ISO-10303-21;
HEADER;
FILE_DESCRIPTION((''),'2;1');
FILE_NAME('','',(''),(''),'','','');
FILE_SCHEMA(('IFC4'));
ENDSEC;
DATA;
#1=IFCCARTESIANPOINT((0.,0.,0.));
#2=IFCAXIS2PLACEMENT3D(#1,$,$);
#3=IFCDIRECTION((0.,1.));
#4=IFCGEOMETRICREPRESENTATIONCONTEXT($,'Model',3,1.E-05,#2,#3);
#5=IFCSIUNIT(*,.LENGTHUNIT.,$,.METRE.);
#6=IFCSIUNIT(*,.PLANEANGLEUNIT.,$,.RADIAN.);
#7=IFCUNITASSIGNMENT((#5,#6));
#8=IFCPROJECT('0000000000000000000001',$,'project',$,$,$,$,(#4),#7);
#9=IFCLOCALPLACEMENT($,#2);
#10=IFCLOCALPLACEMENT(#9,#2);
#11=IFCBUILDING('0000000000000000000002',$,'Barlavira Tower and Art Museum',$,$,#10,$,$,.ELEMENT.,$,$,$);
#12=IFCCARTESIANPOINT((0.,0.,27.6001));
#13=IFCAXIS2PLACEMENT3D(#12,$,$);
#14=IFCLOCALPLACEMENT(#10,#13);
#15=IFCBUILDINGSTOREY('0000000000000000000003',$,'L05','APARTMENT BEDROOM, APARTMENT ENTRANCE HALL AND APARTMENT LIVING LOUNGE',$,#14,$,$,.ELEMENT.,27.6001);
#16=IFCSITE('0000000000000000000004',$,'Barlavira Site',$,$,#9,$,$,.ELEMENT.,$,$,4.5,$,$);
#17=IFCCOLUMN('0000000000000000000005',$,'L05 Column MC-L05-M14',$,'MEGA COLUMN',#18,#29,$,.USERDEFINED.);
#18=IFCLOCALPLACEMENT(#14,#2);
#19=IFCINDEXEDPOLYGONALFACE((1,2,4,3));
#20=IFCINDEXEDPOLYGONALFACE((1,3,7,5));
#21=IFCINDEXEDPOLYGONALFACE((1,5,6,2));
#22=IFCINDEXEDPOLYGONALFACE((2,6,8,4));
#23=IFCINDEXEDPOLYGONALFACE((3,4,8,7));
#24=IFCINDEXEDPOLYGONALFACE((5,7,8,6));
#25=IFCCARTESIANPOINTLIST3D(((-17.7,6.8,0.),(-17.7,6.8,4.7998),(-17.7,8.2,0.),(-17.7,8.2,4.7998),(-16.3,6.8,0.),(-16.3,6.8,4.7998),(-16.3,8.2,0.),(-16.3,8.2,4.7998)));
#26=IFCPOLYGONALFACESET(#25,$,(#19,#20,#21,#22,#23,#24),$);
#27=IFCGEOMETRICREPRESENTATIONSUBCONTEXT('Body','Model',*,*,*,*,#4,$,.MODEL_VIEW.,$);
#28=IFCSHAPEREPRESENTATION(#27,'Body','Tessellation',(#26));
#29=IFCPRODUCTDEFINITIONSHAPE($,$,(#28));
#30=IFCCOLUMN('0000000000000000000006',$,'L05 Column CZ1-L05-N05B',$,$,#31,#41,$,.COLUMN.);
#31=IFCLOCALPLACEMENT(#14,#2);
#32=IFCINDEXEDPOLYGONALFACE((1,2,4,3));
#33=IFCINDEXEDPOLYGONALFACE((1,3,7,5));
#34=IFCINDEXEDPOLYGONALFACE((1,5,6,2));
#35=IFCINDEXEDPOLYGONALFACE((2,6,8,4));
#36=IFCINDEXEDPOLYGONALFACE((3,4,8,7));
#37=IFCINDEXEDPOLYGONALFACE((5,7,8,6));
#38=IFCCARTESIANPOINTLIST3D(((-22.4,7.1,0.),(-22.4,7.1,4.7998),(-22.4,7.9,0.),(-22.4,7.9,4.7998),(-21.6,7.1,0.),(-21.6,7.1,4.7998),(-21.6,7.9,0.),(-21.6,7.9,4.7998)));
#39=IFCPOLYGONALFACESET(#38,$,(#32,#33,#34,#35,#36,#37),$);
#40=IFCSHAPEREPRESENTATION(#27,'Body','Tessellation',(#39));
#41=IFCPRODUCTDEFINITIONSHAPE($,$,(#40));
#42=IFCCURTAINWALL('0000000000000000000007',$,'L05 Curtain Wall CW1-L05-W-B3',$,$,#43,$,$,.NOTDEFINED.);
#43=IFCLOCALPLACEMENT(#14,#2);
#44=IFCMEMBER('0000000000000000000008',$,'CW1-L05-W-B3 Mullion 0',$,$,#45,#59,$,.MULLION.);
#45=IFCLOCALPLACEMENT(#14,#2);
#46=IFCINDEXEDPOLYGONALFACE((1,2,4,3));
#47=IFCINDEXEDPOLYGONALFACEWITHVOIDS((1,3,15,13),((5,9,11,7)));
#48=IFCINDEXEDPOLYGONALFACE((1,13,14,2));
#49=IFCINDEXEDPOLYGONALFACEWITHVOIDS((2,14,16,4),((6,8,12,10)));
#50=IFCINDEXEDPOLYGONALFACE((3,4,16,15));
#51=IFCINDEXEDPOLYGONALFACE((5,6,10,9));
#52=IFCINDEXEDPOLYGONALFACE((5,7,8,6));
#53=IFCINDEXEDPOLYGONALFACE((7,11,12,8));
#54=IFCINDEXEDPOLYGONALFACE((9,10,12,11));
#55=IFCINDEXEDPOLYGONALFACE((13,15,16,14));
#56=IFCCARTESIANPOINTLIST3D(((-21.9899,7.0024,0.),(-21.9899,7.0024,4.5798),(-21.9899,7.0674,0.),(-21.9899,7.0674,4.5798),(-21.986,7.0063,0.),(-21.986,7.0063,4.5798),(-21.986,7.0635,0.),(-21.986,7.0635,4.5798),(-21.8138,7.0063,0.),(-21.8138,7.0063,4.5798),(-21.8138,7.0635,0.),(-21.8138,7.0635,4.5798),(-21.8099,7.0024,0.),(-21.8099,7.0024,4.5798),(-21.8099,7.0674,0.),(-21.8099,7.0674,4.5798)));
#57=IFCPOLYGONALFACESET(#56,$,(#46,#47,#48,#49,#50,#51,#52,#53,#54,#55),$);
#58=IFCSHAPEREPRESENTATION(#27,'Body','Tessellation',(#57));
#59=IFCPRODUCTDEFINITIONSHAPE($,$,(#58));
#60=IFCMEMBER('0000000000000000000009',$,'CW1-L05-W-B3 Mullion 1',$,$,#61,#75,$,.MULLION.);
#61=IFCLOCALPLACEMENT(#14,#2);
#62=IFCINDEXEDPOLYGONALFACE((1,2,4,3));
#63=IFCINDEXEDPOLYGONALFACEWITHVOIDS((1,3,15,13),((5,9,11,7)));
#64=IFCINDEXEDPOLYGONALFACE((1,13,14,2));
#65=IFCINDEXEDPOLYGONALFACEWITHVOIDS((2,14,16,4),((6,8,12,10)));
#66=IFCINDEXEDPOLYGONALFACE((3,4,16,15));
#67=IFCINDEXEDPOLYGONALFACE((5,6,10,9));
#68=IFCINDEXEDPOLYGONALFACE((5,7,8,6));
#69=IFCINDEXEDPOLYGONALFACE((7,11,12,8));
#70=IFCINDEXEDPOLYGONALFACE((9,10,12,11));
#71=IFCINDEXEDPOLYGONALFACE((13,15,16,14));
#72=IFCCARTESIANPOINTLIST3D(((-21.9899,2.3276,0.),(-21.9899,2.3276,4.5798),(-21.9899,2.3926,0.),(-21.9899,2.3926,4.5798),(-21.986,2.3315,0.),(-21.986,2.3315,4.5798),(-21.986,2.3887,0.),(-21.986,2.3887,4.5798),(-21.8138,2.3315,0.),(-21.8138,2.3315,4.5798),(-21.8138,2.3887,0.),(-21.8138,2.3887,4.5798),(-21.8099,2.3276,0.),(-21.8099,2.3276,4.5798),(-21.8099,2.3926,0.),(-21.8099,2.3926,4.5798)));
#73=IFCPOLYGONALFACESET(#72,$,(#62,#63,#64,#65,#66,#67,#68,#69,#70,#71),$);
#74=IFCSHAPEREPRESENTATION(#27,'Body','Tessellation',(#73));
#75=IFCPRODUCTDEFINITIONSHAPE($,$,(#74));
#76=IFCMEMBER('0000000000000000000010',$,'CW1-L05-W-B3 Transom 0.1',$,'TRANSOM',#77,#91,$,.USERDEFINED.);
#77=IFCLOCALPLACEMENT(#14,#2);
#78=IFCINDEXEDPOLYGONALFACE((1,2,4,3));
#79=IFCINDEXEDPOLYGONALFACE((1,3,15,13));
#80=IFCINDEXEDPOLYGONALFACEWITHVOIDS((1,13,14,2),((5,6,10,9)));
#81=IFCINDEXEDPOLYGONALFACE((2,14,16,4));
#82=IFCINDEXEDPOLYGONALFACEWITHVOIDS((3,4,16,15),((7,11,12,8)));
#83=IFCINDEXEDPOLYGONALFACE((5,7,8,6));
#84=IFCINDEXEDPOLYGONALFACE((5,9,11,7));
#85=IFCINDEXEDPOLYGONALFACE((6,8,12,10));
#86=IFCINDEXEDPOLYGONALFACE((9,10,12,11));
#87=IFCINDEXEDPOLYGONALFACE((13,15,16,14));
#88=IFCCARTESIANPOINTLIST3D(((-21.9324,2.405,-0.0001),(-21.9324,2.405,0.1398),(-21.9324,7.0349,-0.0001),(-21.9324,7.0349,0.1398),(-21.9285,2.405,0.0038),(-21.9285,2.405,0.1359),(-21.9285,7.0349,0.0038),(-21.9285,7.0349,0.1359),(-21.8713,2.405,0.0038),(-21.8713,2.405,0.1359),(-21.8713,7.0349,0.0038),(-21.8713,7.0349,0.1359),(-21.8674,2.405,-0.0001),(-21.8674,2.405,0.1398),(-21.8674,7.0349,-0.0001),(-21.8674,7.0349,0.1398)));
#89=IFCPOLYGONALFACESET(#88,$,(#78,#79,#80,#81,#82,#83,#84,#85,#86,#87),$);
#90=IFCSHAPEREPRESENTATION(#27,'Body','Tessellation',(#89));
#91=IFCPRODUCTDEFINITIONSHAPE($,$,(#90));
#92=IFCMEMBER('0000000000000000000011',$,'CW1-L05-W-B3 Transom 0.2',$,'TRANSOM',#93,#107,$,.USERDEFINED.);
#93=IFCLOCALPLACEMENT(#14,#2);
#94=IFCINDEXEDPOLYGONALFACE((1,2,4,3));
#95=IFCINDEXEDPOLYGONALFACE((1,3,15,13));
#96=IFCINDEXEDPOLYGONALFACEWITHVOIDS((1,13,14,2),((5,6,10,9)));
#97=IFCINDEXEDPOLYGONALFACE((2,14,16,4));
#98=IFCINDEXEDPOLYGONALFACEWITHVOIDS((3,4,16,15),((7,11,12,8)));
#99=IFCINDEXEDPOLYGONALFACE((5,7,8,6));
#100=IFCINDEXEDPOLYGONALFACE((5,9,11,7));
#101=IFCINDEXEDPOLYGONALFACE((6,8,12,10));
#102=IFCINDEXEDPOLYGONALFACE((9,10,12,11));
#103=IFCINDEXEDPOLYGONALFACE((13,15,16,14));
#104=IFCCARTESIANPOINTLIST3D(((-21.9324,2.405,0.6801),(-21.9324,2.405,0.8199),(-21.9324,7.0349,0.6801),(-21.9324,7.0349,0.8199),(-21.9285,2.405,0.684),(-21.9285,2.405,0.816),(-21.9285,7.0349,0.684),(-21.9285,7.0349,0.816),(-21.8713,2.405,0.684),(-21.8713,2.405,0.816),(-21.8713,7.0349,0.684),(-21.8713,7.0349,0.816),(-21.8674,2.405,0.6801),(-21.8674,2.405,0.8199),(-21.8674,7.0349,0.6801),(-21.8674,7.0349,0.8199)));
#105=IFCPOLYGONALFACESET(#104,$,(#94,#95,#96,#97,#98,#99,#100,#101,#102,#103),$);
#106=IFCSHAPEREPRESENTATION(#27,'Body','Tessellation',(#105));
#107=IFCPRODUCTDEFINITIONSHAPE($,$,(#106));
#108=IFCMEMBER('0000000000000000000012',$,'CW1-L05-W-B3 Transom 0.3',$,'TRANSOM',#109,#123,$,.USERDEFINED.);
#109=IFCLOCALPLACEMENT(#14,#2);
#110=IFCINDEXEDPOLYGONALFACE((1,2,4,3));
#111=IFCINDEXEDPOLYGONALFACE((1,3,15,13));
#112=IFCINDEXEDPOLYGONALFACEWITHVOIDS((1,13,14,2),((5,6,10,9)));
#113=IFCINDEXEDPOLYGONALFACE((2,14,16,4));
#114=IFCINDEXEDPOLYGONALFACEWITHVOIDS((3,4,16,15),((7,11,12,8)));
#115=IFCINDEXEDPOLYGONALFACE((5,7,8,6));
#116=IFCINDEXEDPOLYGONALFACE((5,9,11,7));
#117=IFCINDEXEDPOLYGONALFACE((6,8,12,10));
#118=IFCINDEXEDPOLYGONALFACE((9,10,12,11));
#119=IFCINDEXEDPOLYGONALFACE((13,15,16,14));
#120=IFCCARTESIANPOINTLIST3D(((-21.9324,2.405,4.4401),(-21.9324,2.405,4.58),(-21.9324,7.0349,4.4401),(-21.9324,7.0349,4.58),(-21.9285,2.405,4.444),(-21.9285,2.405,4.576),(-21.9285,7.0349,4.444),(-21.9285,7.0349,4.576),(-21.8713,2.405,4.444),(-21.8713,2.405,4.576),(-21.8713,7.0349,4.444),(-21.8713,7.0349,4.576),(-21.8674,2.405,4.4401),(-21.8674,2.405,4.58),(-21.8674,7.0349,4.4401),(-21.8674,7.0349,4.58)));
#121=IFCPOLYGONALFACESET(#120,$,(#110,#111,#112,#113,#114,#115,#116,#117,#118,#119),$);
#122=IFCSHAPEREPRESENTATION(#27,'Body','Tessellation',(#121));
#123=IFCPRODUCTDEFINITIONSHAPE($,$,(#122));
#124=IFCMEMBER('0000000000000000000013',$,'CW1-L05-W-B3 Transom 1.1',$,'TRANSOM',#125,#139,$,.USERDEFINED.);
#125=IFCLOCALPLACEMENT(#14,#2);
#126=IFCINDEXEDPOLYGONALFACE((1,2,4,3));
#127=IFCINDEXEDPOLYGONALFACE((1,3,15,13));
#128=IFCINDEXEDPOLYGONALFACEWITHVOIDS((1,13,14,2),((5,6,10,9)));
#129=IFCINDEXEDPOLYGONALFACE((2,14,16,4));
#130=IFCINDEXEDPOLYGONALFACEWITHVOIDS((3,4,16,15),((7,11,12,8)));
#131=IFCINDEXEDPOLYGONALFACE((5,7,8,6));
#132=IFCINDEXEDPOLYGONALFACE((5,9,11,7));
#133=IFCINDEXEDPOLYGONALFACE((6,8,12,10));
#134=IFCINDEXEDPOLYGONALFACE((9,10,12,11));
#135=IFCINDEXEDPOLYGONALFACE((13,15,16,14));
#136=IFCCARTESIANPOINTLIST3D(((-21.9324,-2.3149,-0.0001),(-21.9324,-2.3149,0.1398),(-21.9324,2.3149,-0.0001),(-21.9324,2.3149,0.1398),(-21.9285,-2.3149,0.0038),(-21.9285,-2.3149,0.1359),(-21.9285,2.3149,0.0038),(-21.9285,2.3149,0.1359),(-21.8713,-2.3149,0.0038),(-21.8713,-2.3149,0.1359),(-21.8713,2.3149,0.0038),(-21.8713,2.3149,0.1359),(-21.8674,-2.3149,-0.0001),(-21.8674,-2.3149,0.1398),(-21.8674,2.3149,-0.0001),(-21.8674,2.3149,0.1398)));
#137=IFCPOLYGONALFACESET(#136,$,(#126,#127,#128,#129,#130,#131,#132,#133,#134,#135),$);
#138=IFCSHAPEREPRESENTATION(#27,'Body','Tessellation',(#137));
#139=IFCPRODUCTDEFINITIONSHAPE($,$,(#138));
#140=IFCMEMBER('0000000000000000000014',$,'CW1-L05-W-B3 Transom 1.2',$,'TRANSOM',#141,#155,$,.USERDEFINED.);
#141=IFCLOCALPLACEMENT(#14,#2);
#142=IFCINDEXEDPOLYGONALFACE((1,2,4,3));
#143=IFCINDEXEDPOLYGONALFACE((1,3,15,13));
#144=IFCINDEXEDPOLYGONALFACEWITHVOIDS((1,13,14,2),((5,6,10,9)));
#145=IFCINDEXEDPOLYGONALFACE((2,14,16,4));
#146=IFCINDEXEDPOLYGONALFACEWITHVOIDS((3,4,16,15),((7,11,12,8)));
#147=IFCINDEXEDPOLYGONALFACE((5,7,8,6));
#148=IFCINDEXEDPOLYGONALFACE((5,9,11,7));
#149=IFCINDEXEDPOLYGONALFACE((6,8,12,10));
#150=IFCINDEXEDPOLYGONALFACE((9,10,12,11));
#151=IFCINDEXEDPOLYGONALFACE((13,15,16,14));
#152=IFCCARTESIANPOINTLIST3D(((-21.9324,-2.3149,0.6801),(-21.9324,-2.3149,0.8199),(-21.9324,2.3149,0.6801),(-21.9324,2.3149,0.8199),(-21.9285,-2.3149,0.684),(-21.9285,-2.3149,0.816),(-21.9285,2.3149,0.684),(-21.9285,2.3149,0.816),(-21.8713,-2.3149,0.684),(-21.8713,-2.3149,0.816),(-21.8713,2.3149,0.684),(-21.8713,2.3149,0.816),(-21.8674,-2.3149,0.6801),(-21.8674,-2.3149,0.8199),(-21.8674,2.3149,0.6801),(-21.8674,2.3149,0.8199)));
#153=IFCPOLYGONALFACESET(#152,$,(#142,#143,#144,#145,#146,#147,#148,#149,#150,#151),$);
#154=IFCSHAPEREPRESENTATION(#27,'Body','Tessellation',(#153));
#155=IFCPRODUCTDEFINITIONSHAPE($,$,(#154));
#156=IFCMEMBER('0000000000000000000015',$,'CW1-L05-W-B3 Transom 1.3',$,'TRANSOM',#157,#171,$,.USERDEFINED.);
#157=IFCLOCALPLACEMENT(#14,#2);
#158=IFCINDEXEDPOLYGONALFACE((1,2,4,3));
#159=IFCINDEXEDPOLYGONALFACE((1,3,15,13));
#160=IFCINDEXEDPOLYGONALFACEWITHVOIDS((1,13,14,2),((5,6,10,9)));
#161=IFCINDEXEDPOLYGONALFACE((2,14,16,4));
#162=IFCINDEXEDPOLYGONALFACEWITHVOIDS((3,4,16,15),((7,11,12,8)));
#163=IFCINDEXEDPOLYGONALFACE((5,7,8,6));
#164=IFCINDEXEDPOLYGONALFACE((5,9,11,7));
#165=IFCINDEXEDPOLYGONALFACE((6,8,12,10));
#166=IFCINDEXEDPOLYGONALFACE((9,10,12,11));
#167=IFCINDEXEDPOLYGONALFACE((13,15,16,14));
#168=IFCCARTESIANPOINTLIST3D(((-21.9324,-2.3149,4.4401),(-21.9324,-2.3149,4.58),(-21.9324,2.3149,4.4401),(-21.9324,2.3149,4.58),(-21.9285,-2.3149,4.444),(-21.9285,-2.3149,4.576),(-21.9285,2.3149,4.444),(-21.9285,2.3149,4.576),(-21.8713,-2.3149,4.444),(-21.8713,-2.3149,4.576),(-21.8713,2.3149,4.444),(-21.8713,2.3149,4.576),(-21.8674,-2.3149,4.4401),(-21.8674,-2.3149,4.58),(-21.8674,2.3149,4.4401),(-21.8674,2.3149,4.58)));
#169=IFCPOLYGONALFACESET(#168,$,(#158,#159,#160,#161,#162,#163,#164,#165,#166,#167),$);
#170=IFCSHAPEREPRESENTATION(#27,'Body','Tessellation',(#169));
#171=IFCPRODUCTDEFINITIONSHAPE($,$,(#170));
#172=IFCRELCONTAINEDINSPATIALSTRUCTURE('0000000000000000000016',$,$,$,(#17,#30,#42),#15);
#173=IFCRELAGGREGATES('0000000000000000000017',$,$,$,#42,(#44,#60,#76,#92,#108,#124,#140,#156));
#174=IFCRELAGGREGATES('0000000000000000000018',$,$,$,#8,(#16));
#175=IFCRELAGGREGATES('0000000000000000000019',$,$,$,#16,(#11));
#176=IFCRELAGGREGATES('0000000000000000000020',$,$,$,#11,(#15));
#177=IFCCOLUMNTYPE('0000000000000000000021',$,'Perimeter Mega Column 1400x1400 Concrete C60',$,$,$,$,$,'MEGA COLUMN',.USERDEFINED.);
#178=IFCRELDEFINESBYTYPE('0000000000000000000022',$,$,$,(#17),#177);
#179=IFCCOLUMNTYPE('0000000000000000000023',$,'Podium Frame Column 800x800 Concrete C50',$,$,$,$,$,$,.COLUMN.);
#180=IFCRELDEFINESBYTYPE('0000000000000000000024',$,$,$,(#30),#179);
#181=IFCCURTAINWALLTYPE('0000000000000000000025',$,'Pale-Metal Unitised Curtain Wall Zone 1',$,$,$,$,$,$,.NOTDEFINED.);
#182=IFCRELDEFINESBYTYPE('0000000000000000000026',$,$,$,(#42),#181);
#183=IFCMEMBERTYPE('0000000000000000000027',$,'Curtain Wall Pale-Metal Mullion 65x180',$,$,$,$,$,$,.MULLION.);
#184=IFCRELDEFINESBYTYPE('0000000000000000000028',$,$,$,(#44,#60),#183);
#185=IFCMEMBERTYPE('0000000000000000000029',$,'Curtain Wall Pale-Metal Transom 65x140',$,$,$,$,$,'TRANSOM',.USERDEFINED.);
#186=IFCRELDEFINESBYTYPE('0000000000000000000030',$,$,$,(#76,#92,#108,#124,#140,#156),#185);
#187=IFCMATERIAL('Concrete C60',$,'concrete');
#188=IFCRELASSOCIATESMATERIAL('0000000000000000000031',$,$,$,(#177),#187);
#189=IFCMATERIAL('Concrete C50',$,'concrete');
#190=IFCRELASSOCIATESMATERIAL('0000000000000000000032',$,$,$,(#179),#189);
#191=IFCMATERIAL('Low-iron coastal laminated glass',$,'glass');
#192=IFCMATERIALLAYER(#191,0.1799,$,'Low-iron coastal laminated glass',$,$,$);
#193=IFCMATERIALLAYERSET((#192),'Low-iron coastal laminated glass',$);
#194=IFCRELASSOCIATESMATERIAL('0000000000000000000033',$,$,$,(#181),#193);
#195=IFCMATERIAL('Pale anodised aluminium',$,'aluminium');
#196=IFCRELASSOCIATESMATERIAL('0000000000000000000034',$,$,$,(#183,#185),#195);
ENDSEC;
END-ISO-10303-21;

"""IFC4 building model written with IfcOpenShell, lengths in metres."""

from ifc_helpers import new_model, si_unit, direction, frame, origin, origin_2d, place, context, subcontext, project, spatial, rectangle, hollow_rectangle, extrude, material, layer, layer_set, material_profile, profile_set, type_object, element, aggregate, save


model = new_model("IFC4")

# Units and contexts
model_context = context("Model", 3, precision=1e-05, world=origin(), true_north=direction((0.0, 1.0)))
body_context = subcontext(model_context, "Body", "Model", "MODEL_VIEW")
ifc_project = project(units=[si_unit("LENGTHUNIT", "METRE"), si_unit("PLANEANGLEUNIT", "RADIAN")], contexts=[model_context])

# Site, building, storey
site_placement = place(None, origin())
site = spatial("IfcSite", under=ifc_project, at=site_placement, Name="Barlavira Site", CompositionType="ELEMENT", RefElevation=4.5)
building_placement = place(site_placement, origin())
building = spatial("IfcBuilding", under=site, at=building_placement, Name="Barlavira Tower and Art Museum", CompositionType="ELEMENT")
storey_placement = place(building_placement, frame((0.0, 0.0, 27.6001)))
storey = spatial("IfcBuildingStorey", under=building, at=storey_placement, Name="L05", Description="APARTMENT BEDROOM, APARTMENT ENTRANCE HALL AND APARTMENT LIVING LOUNGE", CompositionType="ELEMENT", Elevation=27.6001)

# Columns
ifc_material_1 = material(Name="Concrete C60", Category="concrete")
ifc_material_profile_1 = material_profile(ifc_material_1, rectangle(XDim=1.3999, YDim=1.3999, at=origin_2d()), Name="RC-MCOL 1400x1400")
ifc_profile_set_1 = profile_set([ifc_material_profile_1], Name="Concrete C60")
column_type_1 = type_object("IfcColumnType", Name="Perimeter Mega Column 1400x1400 Concrete C60", ElementType="MEGA COLUMN", PredefinedType="USERDEFINED", material=ifc_profile_set_1)
column_1_placement = place(storey_placement, frame((-17.0, 7.5, 0.0), z_axis=(0.0, 0.0, 1.0), x_axis=(1.0, 0.0, 0.0)))
element("IfcColumn", 1, at=column_1_placement, inside=storey, type_object=column_type_1, Name="L05 Column MC-L05-M14", ObjectType="MEGA COLUMN", PredefinedType="USERDEFINED", context=body_context, shape_type="SweptSolid", body=[
    extrude(rectangle(XDim=1.3999, YDim=1.3999, at=origin_2d()), origin(), (0.0, 0.0, 1.0), 4.7998),
])
ifc_material_2 = material(Name="Concrete C50", Category="concrete")
ifc_material_profile_2 = material_profile(ifc_material_2, rectangle(XDim=0.8, YDim=0.8, at=origin_2d()), Name="RC-COL 800x800")
ifc_profile_set_2 = profile_set([ifc_material_profile_2], Name="Concrete C50")
column_type_2 = type_object("IfcColumnType", Name="Podium Frame Column 800x800 Concrete C50", PredefinedType="COLUMN", material=ifc_profile_set_2)
column_2_placement = place(storey_placement, frame((-22.0, 7.5, 0.0), z_axis=(0.0, 0.0, 1.0), x_axis=(1.0, 0.0, 0.0)))
element("IfcColumn", 2, at=column_2_placement, inside=storey, type_object=column_type_2, Name="L05 Column CZ1-L05-N05B", PredefinedType="COLUMN", context=body_context, shape_type="SweptSolid", body=[
    extrude(rectangle(XDim=0.8, YDim=0.8, at=origin_2d()), origin(), (0.0, 0.0, 1.0), 4.7998),
])

# Curtain wall, members
ifc_material_3 = material(Name="Low-iron coastal laminated glass", Category="glass")
ifc_layer_1 = layer(ifc_material_3, 0.1799, Name="Low-iron coastal laminated glass")
ifc_layer_set_1 = layer_set([ifc_layer_1], Name="Low-iron coastal laminated glass")
curtain_wall_type = type_object("IfcCurtainWallType", Name="Pale-Metal Unitised Curtain Wall Zone 1", PredefinedType="NOTDEFINED", material=ifc_layer_set_1)
curtain_wall_placement = place(storey_placement, origin())
curtain_wall = element("IfcCurtainWall", 3, at=curtain_wall_placement, inside=storey, type_object=curtain_wall_type, Name="L05 Curtain Wall CW1-L05-W-B3", PredefinedType="NOTDEFINED")
ifc_material_4 = material(Name="Pale anodised aluminium", Category="aluminium")
ifc_material_profile_3 = material_profile(ifc_material_4, hollow_rectangle(XDim=0.0649, YDim=0.1799, WallThickness=0.0039, at=origin_2d()), Name="ALU-MULL 65x180x4")
ifc_profile_set_3 = profile_set([ifc_material_profile_3], Name="Pale anodised aluminium")
member_type_1 = type_object("IfcMemberType", Name="Curtain Wall Pale-Metal Mullion 65x180", PredefinedType="MULLION", material=ifc_profile_set_3)
member_1_placement = place(storey_placement, frame((-21.8999, 7.0349, 0.0), z_axis=(0.0, 0.0, 1.0), x_axis=(0.0, -1.0, 0.0)))
member_1 = element("IfcMember", 4, at=member_1_placement, type_object=member_type_1, Name="CW1-L05-W-B3 Mullion 0", PredefinedType="MULLION", context=body_context, shape_type="SweptSolid", body=[
    extrude(hollow_rectangle(XDim=0.0649, YDim=0.1799, WallThickness=0.0039, at=origin_2d()), origin(), (0.0, 0.0, 1.0), 4.5798),
])
member_2_placement = place(storey_placement, frame((-21.8999, 2.3601, 0.0), z_axis=(0.0, 0.0, 1.0), x_axis=(0.0, -1.0, 0.0)))
member_2 = element("IfcMember", 5, at=member_2_placement, type_object=member_type_1, Name="CW1-L05-W-B3 Mullion 1", PredefinedType="MULLION", context=body_context, shape_type="SweptSolid", body=[
    extrude(hollow_rectangle(XDim=0.0649, YDim=0.1799, WallThickness=0.0039, at=origin_2d()), origin(), (0.0, 0.0, 1.0), 4.5798),
])
ifc_material_profile_4 = material_profile(ifc_material_4, hollow_rectangle(XDim=0.0649, YDim=0.1399, WallThickness=0.0039, at=origin_2d()), Name="ALU-TRAN 65x140x4")
ifc_profile_set_4 = profile_set([ifc_material_profile_4], Name="Pale anodised aluminium")
member_type_2 = type_object("IfcMemberType", Name="Curtain Wall Pale-Metal Transom 65x140", ElementType="TRANSOM", PredefinedType="USERDEFINED", material=ifc_profile_set_4)
member_3_placement = place(storey_placement, frame((-21.8999, 7.0349, 0.0698), z_axis=(0.0, -1.0, 0.0), x_axis=(1.0, 0.0, 0.0)))
member_3 = element("IfcMember", 6, at=member_3_placement, type_object=member_type_2, Name="CW1-L05-W-B3 Transom 0.1", ObjectType="TRANSOM", PredefinedType="USERDEFINED", context=body_context, shape_type="SweptSolid", body=[
    extrude(hollow_rectangle(XDim=0.0649, YDim=0.1399, WallThickness=0.0039, at=origin_2d()), origin(), (0.0, 0.0, 1.0), 4.6299),
])
member_4_placement = place(storey_placement, frame((-21.8999, 7.0349, 0.75), z_axis=(0.0, -1.0, 0.0), x_axis=(1.0, 0.0, 0.0)))
member_4 = element("IfcMember", 7, at=member_4_placement, type_object=member_type_2, Name="CW1-L05-W-B3 Transom 0.2", ObjectType="TRANSOM", PredefinedType="USERDEFINED", context=body_context, shape_type="SweptSolid", body=[
    extrude(hollow_rectangle(XDim=0.0649, YDim=0.1399, WallThickness=0.0039, at=origin_2d()), origin(), (0.0, 0.0, 1.0), 4.6299),
])
member_5_placement = place(storey_placement, frame((-21.8999, 7.0349, 4.51), z_axis=(0.0, -1.0, 0.0), x_axis=(1.0, 0.0, 0.0)))
member_5 = element("IfcMember", 8, at=member_5_placement, type_object=member_type_2, Name="CW1-L05-W-B3 Transom 0.3", ObjectType="TRANSOM", PredefinedType="USERDEFINED", context=body_context, shape_type="SweptSolid", body=[
    extrude(hollow_rectangle(XDim=0.0649, YDim=0.1399, WallThickness=0.0039, at=origin_2d()), origin(), (0.0, 0.0, 1.0), 4.6299),
])
member_6_placement = place(storey_placement, frame((-21.8999, 2.3149, 0.0698), z_axis=(0.0, -1.0, 0.0), x_axis=(1.0, 0.0, 0.0)))
member_6 = element("IfcMember", 9, at=member_6_placement, type_object=member_type_2, Name="CW1-L05-W-B3 Transom 1.1", ObjectType="TRANSOM", PredefinedType="USERDEFINED", context=body_context, shape_type="SweptSolid", body=[
    extrude(hollow_rectangle(XDim=0.0649, YDim=0.1399, WallThickness=0.0039, at=origin_2d()), origin(), (0.0, 0.0, 1.0), 4.6299),
])
member_7_placement = place(storey_placement, frame((-21.8999, 2.3149, 0.75), z_axis=(0.0, -1.0, 0.0), x_axis=(1.0, 0.0, 0.0)))
member_7 = element("IfcMember", 10, at=member_7_placement, type_object=member_type_2, Name="CW1-L05-W-B3 Transom 1.2", ObjectType="TRANSOM", PredefinedType="USERDEFINED", context=body_context, shape_type="SweptSolid", body=[
    extrude(hollow_rectangle(XDim=0.0649, YDim=0.1399, WallThickness=0.0039, at=origin_2d()), origin(), (0.0, 0.0, 1.0), 4.6299),
])
member_8_placement = place(storey_placement, frame((-21.8999, 2.3149, 4.51), z_axis=(0.0, -1.0, 0.0), x_axis=(1.0, 0.0, 0.0)))
member_8 = element("IfcMember", 11, at=member_8_placement, type_object=member_type_2, Name="CW1-L05-W-B3 Transom 1.3", ObjectType="TRANSOM", PredefinedType="USERDEFINED", context=body_context, shape_type="SweptSolid", body=[
    extrude(hollow_rectangle(XDim=0.0649, YDim=0.1399, WallThickness=0.0039, at=origin_2d()), origin(), (0.0, 0.0, 1.0), 4.6299),
])

aggregate(curtain_wall, [member_1, member_2, member_3, member_4, member_5, member_6, member_7, member_8])

save(model, "model.ifc")
